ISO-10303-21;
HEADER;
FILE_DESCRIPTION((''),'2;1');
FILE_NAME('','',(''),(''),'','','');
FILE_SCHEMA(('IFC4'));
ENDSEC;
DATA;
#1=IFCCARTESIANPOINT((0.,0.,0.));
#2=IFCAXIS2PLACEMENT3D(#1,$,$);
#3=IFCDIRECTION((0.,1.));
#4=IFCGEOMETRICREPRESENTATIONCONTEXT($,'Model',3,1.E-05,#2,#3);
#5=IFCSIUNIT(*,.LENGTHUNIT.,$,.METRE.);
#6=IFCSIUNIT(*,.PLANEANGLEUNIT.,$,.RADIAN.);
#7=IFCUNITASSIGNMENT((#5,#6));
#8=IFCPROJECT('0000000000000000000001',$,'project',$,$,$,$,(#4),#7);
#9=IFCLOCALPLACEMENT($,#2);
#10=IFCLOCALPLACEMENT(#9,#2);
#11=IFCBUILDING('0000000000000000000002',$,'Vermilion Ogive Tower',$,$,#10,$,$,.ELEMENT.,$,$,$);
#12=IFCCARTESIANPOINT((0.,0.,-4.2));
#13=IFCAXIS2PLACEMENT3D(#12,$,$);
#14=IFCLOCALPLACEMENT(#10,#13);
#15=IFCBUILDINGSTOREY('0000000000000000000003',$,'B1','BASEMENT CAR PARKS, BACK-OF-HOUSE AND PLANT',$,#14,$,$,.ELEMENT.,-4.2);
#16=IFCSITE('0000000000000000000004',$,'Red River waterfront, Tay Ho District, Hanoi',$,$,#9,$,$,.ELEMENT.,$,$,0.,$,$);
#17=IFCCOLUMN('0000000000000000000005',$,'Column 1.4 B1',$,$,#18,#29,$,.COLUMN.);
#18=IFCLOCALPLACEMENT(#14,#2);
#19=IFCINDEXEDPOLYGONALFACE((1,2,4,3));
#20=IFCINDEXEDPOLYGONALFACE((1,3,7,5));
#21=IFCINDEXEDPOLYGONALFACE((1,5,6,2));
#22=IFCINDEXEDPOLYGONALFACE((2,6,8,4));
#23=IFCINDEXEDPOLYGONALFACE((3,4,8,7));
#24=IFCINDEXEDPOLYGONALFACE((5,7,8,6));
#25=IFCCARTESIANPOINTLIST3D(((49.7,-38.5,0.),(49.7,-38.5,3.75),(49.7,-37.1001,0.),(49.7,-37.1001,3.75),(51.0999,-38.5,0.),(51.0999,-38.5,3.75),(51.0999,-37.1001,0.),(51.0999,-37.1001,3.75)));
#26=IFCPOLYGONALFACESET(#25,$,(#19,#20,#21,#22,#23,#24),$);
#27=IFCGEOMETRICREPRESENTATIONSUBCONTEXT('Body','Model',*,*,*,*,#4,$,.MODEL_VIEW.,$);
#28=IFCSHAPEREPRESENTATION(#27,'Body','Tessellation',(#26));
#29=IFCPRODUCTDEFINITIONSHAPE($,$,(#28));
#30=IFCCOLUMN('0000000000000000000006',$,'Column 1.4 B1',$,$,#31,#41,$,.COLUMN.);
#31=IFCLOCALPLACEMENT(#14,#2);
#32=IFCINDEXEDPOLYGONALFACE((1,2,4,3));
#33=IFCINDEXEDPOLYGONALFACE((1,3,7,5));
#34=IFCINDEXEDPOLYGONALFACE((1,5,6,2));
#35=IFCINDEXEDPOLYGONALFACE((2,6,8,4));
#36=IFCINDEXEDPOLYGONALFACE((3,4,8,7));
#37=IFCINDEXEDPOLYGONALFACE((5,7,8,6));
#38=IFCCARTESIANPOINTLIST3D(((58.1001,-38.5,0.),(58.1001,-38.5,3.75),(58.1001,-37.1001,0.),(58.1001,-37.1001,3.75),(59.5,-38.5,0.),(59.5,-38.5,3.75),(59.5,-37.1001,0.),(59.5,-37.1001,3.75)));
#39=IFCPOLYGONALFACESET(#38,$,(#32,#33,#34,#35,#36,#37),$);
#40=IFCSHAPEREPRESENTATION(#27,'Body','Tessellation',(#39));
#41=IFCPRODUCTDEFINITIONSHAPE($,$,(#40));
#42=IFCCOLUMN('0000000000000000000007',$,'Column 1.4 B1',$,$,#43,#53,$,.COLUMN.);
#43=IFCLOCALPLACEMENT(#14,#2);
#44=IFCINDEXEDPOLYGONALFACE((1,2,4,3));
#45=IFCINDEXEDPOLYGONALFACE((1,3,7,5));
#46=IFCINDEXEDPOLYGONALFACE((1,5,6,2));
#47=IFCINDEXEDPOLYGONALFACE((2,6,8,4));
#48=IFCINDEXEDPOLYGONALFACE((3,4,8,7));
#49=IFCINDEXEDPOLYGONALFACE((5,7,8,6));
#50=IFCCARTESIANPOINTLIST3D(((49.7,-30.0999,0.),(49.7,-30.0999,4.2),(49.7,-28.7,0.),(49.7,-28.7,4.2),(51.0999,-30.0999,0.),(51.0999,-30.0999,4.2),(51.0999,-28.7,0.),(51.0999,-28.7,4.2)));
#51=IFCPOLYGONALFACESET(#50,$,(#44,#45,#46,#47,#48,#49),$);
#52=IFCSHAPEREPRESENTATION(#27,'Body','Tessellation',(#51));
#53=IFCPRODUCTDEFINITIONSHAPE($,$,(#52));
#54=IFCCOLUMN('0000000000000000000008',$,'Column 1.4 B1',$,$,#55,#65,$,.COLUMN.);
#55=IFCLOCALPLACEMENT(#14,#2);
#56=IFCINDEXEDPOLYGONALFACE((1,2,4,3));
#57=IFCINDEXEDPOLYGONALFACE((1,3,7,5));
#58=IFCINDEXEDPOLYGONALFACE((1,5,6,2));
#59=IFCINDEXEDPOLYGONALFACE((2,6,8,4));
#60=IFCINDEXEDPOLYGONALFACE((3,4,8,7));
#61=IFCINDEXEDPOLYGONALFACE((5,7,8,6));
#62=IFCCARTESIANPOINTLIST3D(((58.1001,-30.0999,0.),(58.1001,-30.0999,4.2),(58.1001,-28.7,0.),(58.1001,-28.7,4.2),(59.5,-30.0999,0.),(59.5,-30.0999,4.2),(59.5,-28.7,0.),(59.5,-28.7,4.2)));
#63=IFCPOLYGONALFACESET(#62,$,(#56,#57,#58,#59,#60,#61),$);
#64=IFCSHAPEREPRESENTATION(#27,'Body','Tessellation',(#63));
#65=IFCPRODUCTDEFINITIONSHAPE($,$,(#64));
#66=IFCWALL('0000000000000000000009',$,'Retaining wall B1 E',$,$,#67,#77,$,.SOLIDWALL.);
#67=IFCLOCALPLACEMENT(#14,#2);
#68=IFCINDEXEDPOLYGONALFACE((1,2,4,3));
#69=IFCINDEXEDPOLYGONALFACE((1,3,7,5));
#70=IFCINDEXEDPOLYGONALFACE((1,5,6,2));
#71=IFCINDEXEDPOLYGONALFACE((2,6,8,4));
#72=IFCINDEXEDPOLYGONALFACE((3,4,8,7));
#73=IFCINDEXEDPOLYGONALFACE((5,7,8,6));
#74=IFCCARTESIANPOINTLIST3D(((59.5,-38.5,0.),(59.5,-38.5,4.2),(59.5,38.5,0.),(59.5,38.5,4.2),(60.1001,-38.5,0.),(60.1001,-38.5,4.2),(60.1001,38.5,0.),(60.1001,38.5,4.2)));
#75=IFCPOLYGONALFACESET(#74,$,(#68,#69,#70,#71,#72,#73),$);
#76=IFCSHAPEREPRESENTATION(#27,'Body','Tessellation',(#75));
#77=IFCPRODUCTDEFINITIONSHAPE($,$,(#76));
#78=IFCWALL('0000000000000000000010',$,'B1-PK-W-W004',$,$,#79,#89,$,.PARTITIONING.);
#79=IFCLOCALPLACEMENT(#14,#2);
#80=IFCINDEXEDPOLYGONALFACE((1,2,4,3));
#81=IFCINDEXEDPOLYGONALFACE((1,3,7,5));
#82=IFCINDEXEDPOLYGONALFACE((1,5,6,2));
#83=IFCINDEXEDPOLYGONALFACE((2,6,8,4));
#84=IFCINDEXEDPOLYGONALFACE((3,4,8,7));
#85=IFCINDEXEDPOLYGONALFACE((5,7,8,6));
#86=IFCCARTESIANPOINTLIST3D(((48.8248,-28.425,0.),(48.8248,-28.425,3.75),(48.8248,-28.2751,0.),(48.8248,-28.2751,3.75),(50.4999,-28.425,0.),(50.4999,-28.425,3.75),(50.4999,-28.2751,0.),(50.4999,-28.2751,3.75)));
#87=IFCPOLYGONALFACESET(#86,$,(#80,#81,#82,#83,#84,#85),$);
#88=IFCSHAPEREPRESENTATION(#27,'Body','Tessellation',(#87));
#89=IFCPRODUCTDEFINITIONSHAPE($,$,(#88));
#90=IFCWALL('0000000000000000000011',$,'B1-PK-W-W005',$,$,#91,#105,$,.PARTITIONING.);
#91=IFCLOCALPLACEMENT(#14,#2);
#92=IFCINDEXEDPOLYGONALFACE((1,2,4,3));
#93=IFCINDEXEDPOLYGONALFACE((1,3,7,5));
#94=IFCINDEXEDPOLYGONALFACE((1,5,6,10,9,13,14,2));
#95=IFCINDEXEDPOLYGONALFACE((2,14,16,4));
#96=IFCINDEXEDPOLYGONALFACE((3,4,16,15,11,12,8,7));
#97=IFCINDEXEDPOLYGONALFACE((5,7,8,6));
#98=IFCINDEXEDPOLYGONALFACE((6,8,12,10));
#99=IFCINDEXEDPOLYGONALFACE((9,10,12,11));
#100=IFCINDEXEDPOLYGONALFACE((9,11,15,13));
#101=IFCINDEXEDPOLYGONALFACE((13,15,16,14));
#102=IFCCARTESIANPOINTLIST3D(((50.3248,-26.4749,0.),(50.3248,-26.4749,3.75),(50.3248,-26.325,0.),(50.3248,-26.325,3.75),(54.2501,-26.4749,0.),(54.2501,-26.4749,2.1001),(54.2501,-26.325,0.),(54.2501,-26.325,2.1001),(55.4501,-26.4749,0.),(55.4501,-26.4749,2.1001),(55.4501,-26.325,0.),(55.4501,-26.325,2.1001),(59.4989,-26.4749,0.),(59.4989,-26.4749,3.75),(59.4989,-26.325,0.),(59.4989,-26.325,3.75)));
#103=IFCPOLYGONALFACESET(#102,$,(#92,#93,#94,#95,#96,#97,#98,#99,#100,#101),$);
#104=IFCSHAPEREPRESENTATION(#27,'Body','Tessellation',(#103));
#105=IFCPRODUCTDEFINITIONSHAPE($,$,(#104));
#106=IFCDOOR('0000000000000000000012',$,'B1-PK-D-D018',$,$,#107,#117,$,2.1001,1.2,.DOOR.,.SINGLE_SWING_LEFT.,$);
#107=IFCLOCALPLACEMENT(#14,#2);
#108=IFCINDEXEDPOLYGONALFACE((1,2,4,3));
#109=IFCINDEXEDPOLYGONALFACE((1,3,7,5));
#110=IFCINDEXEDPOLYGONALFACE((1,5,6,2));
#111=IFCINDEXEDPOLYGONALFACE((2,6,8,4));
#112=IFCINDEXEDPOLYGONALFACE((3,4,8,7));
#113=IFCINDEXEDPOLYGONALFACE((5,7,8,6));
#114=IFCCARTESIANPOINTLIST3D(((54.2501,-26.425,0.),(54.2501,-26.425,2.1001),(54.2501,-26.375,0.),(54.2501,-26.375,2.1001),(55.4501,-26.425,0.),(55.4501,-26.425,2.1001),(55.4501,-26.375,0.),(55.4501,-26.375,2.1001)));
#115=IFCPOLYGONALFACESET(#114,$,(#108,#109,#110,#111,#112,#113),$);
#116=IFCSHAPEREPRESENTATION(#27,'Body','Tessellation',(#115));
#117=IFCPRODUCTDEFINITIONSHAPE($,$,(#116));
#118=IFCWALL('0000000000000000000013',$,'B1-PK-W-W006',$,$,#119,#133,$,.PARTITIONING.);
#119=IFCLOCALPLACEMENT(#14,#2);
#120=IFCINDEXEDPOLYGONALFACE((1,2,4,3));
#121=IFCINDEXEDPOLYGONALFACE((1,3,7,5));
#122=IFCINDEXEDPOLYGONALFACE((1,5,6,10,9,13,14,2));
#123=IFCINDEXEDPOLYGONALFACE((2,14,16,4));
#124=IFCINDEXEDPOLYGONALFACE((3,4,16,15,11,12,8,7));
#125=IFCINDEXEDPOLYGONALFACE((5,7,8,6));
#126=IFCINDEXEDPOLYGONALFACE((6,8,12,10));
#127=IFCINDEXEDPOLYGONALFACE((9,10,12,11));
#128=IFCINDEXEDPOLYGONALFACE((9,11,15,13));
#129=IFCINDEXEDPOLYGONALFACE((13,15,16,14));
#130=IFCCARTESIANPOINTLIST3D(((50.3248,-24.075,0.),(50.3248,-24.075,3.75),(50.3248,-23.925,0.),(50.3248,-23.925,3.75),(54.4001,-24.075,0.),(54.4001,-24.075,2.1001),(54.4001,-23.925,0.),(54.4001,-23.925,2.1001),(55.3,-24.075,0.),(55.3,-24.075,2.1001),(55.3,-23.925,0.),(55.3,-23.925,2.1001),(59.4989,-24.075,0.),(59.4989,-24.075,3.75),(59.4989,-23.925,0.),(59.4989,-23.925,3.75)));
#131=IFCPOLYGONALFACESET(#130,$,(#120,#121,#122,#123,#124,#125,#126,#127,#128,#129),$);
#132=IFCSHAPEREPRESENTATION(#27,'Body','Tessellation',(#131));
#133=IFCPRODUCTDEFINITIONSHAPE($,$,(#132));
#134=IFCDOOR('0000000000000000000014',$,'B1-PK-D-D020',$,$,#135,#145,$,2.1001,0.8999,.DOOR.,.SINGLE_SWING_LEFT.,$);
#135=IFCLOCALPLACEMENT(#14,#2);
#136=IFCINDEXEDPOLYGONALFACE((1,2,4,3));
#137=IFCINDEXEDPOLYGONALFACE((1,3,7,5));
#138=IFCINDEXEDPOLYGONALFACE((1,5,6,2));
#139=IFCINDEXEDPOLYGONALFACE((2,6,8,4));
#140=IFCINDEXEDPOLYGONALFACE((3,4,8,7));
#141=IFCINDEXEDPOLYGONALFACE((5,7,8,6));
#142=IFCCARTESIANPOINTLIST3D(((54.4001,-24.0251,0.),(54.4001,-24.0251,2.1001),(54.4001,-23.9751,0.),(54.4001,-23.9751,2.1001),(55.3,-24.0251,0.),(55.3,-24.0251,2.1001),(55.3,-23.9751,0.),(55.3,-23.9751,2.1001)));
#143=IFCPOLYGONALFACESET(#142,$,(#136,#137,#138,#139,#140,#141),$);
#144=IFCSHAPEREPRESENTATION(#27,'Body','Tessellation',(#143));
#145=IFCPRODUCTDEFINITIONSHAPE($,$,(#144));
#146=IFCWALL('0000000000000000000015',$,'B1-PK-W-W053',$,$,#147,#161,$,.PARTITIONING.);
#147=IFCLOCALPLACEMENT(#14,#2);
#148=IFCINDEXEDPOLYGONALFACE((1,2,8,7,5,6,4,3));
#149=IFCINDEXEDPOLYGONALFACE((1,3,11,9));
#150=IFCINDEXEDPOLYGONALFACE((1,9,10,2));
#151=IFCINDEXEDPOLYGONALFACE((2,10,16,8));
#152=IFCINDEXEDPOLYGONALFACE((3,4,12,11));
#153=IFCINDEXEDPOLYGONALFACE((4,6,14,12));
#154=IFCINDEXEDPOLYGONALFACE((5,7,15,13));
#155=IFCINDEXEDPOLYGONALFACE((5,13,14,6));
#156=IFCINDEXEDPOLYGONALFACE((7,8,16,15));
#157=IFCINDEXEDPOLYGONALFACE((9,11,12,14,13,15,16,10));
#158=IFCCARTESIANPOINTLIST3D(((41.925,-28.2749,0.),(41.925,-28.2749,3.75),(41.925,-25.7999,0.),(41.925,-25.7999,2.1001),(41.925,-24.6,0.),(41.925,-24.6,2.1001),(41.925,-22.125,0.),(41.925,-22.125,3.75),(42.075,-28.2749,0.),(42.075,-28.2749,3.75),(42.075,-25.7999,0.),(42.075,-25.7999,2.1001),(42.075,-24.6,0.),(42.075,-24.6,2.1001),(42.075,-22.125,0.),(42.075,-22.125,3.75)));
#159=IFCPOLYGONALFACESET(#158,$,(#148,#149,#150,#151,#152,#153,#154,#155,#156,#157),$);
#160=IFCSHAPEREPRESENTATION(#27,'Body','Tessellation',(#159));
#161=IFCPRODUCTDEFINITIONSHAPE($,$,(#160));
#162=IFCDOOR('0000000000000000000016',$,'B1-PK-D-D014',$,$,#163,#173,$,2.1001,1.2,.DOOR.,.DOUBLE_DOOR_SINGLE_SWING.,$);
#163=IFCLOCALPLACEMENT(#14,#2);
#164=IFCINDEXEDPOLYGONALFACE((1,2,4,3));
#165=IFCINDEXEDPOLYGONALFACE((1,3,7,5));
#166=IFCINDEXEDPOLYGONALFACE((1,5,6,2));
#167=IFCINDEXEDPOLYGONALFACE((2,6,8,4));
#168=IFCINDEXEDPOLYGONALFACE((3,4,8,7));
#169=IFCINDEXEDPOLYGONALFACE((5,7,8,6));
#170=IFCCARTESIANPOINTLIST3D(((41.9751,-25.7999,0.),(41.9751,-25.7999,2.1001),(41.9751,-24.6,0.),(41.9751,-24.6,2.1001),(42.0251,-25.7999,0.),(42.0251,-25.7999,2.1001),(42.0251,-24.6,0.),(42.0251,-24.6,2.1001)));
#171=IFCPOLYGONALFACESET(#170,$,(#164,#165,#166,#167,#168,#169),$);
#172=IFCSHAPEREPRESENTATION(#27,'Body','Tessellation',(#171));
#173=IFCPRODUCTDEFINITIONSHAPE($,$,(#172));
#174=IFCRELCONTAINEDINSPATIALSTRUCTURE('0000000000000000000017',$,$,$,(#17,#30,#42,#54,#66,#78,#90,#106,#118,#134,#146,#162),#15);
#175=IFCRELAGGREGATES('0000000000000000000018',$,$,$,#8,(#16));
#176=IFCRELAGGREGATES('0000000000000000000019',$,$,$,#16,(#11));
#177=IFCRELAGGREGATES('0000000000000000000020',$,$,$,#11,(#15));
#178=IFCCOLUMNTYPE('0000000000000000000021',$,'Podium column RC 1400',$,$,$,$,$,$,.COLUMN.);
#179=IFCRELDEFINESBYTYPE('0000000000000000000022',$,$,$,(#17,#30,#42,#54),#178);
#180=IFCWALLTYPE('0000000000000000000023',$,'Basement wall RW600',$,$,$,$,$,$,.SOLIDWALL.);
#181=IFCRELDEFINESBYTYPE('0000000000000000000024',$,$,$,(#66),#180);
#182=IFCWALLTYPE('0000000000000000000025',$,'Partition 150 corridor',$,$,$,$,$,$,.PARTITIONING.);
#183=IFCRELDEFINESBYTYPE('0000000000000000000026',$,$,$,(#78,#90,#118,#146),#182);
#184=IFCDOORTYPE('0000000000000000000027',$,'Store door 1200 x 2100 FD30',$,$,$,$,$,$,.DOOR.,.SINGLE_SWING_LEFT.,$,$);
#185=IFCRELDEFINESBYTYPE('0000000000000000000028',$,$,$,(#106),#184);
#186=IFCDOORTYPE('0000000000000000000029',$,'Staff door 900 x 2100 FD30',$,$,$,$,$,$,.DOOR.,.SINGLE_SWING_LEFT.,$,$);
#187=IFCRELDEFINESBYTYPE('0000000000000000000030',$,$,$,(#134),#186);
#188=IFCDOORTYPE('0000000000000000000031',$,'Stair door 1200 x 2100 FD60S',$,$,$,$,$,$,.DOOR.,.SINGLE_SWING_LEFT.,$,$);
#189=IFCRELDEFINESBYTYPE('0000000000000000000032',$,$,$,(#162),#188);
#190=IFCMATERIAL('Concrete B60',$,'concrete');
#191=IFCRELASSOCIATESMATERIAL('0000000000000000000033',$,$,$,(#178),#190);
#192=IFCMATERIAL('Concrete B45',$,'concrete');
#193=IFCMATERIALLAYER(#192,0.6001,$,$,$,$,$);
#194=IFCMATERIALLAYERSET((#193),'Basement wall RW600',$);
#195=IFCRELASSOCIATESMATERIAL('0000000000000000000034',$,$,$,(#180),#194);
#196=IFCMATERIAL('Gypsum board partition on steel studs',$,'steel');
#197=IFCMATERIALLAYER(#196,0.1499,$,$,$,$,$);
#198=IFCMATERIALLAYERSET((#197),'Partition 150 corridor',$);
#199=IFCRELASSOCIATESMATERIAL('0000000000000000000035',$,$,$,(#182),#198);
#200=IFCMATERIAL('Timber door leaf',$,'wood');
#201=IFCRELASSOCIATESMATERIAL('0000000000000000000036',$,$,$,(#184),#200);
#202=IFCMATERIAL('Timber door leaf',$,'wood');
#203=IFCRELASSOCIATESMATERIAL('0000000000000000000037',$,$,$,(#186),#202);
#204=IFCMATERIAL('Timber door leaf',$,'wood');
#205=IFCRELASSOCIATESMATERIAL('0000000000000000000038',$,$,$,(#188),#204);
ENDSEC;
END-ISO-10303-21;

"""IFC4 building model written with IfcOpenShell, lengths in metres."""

from ifc_helpers import new_model, si_unit, direction, frame, frame_2d, origin, origin_2d, place, context, subcontext, project, spatial, rectangle, extrude, material, layer, layer_set, material_profile, profile_set, type_object, element, fill, save


model = new_model("IFC4")

# Units and contexts
model_context = context("Model", 3, precision=1e-05, world=origin(), true_north=direction((0.0, 1.0)))
body_context = subcontext(model_context, "Body", "Model", "MODEL_VIEW")
ifc_project = project(units=[si_unit("LENGTHUNIT", "METRE"), si_unit("PLANEANGLEUNIT", "RADIAN")], contexts=[model_context])

# Site, building, storey
site_placement = place(None, origin())
site = spatial("IfcSite", under=ifc_project, at=site_placement, Name="Red River waterfront, Tay Ho District, Hanoi", CompositionType="ELEMENT", RefElevation=0.0)
building_placement = place(site_placement, origin())
building = spatial("IfcBuilding", under=site, at=building_placement, Name="Vermilion Ogive Tower", CompositionType="ELEMENT")
storey_placement = place(building_placement, frame((0.0, 0.0, -4.2)))
storey = spatial("IfcBuildingStorey", under=building, at=storey_placement, Name="B1", Description="BASEMENT CAR PARKS, BACK-OF-HOUSE AND PLANT", CompositionType="ELEMENT", Elevation=-4.2)

# Columns
ifc_material_1 = material(Name="Concrete B60", Category="concrete")
ifc_material_profile = material_profile(ifc_material_1, rectangle(XDim=1.3999, YDim=1.3999, at=origin_2d()), Name="RC 1400x1400")
ifc_profile_set = profile_set([ifc_material_profile], Name="Concrete B60")
column_type = type_object("IfcColumnType", Name="Podium column RC 1400", PredefinedType="COLUMN", material=ifc_profile_set)
for number, where, z_axis, x_axis, name in (
    (1, (50.3999, -37.8, 0.0), (0.0, 0.0, 1.0), (1.0, 0.0, 0.0), "Column 1.4 B1"),
    (2, (58.8, -37.8, 0.0), (0.0, 0.0, 1.0), (1.0, 0.0, 0.0), "Column 1.4 B1"),
):
    element("IfcColumn", number, at=place(storey_placement, frame(where, z_axis=z_axis, x_axis=x_axis)), inside=storey, type_object=column_type, Name=name, PredefinedType="COLUMN", context=body_context, shape_type="SweptSolid", body=[
        extrude(rectangle(XDim=1.3999, YDim=1.3999, at=origin_2d()), origin(), (0.0, 0.0, 1.0), 3.75),
    ])
for number, where, z_axis, x_axis, name in (
    (3, (50.3999, -29.3999, 0.0), (0.0, 0.0, 1.0), (1.0, 0.0, 0.0), "Column 1.4 B1"),
    (4, (58.8, -29.3999, 0.0), (0.0, 0.0, 1.0), (1.0, 0.0, 0.0), "Column 1.4 B1"),
):
    element("IfcColumn", number, at=place(storey_placement, frame(where, z_axis=z_axis, x_axis=x_axis)), inside=storey, type_object=column_type, Name=name, PredefinedType="COLUMN", context=body_context, shape_type="SweptSolid", body=[
        extrude(rectangle(XDim=1.3999, YDim=1.3999, at=origin_2d()), origin(), (0.0, 0.0, 1.0), 4.2),
    ])

# Walls
ifc_material_2 = material(Name="Concrete B45", Category="concrete")
ifc_layer_1 = layer(ifc_material_2, 0.6001)
ifc_layer_set_1 = layer_set([ifc_layer_1], Name="Basement wall RW600")
wall_type_1 = type_object("IfcWallType", Name="Basement wall RW600", PredefinedType="SOLIDWALL", material=ifc_layer_set_1)
wall_1_placement = place(storey_placement, frame((59.8, -38.5, 0.0), z_axis=(0.0, 0.0, 1.0), x_axis=(0.0, 1.0, 0.0)))
element("IfcWall", 5, at=wall_1_placement, inside=storey, type_object=wall_type_1, Name="Retaining wall B1 E", PredefinedType="SOLIDWALL", context=body_context, shape_type="SweptSolid", body=[
    extrude(rectangle(XDim=77.0, YDim=0.6001, at=frame_2d((38.5, 0.0))), origin(), (0.0, 0.0, 1.0), 4.2),
])
ifc_material_3 = material(Name="Gypsum board partition on steel studs", Category="steel")
ifc_layer_2 = layer(ifc_material_3, 0.1499)
ifc_layer_set_2 = layer_set([ifc_layer_2], Name="Partition 150 corridor")
wall_type_2 = type_object("IfcWallType", Name="Partition 150 corridor", PredefinedType="PARTITIONING", material=ifc_layer_set_2)
wall_2_placement = place(storey_placement, frame((48.825, -28.3501, 0.0), z_axis=(0.0, 0.0, 1.0), x_axis=(1.0, 0.0, 0.0)))
element("IfcWall", 6, at=wall_2_placement, inside=storey, type_object=wall_type_2, Name="B1-PK-W-W004", PredefinedType="PARTITIONING", context=body_context, shape_type="SweptSolid", body=[
    extrude(rectangle(XDim=1.675, YDim=0.1499, at=frame_2d((0.8374, 0.0))), origin(), (0.0, 0.0, 1.0), 3.75),
])

# Walls, openings, doors
wall_3_placement = place(storey_placement, frame((50.325, -26.3999, 0.0), z_axis=(0.0, 0.0, 1.0), x_axis=(1.0, 0.0, 0.0)))
wall_3 = element("IfcWall", 7, at=wall_3_placement, inside=storey, type_object=wall_type_2, Name="B1-PK-W-W005", PredefinedType="PARTITIONING", context=body_context, shape_type="SweptSolid", body=[
    extrude(rectangle(XDim=9.1741, YDim=0.1499, at=frame_2d((4.5869, 0.0))), origin(), (0.0, 0.0, 1.0), 3.75),
])
opening_1_placement = place(wall_3_placement, frame((3.925, 0.0, 0.0)))
opening_1 = element("IfcOpeningElement", 8, at=opening_1_placement, cuts=wall_3, PredefinedType="OPENING", context=body_context, shape_type="SweptSolid", body=[
    extrude(rectangle(XDim=1.2, YDim=2.1001, at=frame_2d((0.6001, 1.05))), frame((0.0, 0.085, 0.0), z_axis=(0.0, -1.0, 0.0), x_axis=(1.0, 0.0, 0.0)), (0.0, 0.0, 1.0), 0.1699),
])
ifc_material_4 = material(Name="Timber door leaf", Category="wood")
door_type_1 = type_object("IfcDoorType", Name="Store door 1200 x 2100 FD30", OperationType="SINGLE_SWING_LEFT", PredefinedType="DOOR", material=ifc_material_4)
door_1_placement = place(opening_1_placement, origin())
door_1 = element("IfcDoor", 9, at=door_1_placement, inside=storey, type_object=door_type_1, Name="B1-PK-D-D018", OperationType="SINGLE_SWING_LEFT", OverallHeight=2.1001, OverallWidth=1.2, PredefinedType="DOOR", context=body_context, shape_type="SweptSolid", body=[
    extrude(rectangle(XDim=1.2, YDim=2.1001, at=frame_2d((0.6001, 1.05))), frame((0.0, 0.0249, 0.0), z_axis=(0.0, -1.0, 0.0), x_axis=(1.0, 0.0, 0.0)), (0.0, 0.0, 1.0), 0.05),
])
fill(opening_1, door_1)
wall_4_placement = place(storey_placement, frame((50.325, -24.0, 0.0), z_axis=(0.0, 0.0, 1.0), x_axis=(1.0, 0.0, 0.0)))
wall_4 = element("IfcWall", 10, at=wall_4_placement, inside=storey, type_object=wall_type_2, Name="B1-PK-W-W006", PredefinedType="PARTITIONING", context=body_context, shape_type="SweptSolid", body=[
    extrude(rectangle(XDim=9.1741, YDim=0.1499, at=frame_2d((4.5869, 0.0))), origin(), (0.0, 0.0, 1.0), 3.75),
])
opening_2_placement = place(wall_4_placement, frame((4.0752, 0.0, 0.0)))
opening_2 = element("IfcOpeningElement", 11, at=opening_2_placement, cuts=wall_4, PredefinedType="OPENING", context=body_context, shape_type="SweptSolid", body=[
    extrude(rectangle(XDim=0.8999, YDim=2.1001, at=frame_2d((0.45, 1.05))), frame((0.0, 0.085, 0.0), z_axis=(0.0, -1.0, 0.0), x_axis=(1.0, 0.0, 0.0)), (0.0, 0.0, 1.0), 0.1699),
])
ifc_material_5 = material(Name="Timber door leaf", Category="wood")
door_type_2 = type_object("IfcDoorType", Name="Staff door 900 x 2100 FD30", OperationType="SINGLE_SWING_LEFT", PredefinedType="DOOR", material=ifc_material_5)
door_2_placement = place(opening_2_placement, origin())
door_2 = element("IfcDoor", 12, at=door_2_placement, inside=storey, type_object=door_type_2, Name="B1-PK-D-D020", OperationType="SINGLE_SWING_LEFT", OverallHeight=2.1001, OverallWidth=0.8999, PredefinedType="DOOR", context=body_context, shape_type="SweptSolid", body=[
    extrude(rectangle(XDim=0.8999, YDim=2.1001, at=frame_2d((0.45, 1.05))), frame((0.0, 0.0249, 0.0), z_axis=(0.0, -1.0, 0.0), x_axis=(1.0, 0.0, 0.0)), (0.0, 0.0, 1.0), 0.05),
])
fill(opening_2, door_2)
wall_5_placement = place(storey_placement, frame((42.0, -28.2749, 0.0), z_axis=(0.0, 0.0, 1.0), x_axis=(0.0, 1.0, 0.0)))
wall_5 = element("IfcWall", 13, at=wall_5_placement, inside=storey, type_object=wall_type_2, Name="B1-PK-W-W053", PredefinedType="PARTITIONING", context=body_context, shape_type="SweptSolid", body=[
    extrude(rectangle(XDim=6.1499, YDim=0.1499, at=frame_2d((3.075, 0.0))), origin(), (0.0, 0.0, 1.0), 3.75),
])
opening_3_placement = place(wall_5_placement, frame((2.4749, 0.0, 0.0)))
opening_3 = element("IfcOpeningElement", 14, at=opening_3_placement, cuts=wall_5, PredefinedType="OPENING", context=body_context, shape_type="SweptSolid", body=[
    extrude(rectangle(XDim=1.2, YDim=2.1001, at=frame_2d((0.6001, 1.05))), frame((0.0, 0.085, 0.0), z_axis=(0.0, -1.0, 0.0), x_axis=(1.0, 0.0, 0.0)), (0.0, 0.0, 1.0), 0.1699),
])
ifc_material_6 = material(Name="Timber door leaf", Category="wood")
door_type_3 = type_object("IfcDoorType", Name="Stair door 1200 x 2100 FD60S", OperationType="SINGLE_SWING_LEFT", PredefinedType="DOOR", material=ifc_material_6)
door_3_placement = place(opening_3_placement, origin())
door_3 = element("IfcDoor", 15, at=door_3_placement, inside=storey, type_object=door_type_3, Name="B1-PK-D-D014", OperationType="DOUBLE_DOOR_SINGLE_SWING", OverallHeight=2.1001, OverallWidth=1.2, PredefinedType="DOOR", context=body_context, shape_type="SweptSolid", body=[
    extrude(rectangle(XDim=1.2, YDim=2.1001, at=frame_2d((0.6001, 1.05))), frame((0.0, 0.0249, 0.0), z_axis=(0.0, -1.0, 0.0), x_axis=(1.0, 0.0, 0.0)), (0.0, 0.0, 1.0), 0.05),
])
fill(opening_3, door_3)

save(model, "model.ifc")
